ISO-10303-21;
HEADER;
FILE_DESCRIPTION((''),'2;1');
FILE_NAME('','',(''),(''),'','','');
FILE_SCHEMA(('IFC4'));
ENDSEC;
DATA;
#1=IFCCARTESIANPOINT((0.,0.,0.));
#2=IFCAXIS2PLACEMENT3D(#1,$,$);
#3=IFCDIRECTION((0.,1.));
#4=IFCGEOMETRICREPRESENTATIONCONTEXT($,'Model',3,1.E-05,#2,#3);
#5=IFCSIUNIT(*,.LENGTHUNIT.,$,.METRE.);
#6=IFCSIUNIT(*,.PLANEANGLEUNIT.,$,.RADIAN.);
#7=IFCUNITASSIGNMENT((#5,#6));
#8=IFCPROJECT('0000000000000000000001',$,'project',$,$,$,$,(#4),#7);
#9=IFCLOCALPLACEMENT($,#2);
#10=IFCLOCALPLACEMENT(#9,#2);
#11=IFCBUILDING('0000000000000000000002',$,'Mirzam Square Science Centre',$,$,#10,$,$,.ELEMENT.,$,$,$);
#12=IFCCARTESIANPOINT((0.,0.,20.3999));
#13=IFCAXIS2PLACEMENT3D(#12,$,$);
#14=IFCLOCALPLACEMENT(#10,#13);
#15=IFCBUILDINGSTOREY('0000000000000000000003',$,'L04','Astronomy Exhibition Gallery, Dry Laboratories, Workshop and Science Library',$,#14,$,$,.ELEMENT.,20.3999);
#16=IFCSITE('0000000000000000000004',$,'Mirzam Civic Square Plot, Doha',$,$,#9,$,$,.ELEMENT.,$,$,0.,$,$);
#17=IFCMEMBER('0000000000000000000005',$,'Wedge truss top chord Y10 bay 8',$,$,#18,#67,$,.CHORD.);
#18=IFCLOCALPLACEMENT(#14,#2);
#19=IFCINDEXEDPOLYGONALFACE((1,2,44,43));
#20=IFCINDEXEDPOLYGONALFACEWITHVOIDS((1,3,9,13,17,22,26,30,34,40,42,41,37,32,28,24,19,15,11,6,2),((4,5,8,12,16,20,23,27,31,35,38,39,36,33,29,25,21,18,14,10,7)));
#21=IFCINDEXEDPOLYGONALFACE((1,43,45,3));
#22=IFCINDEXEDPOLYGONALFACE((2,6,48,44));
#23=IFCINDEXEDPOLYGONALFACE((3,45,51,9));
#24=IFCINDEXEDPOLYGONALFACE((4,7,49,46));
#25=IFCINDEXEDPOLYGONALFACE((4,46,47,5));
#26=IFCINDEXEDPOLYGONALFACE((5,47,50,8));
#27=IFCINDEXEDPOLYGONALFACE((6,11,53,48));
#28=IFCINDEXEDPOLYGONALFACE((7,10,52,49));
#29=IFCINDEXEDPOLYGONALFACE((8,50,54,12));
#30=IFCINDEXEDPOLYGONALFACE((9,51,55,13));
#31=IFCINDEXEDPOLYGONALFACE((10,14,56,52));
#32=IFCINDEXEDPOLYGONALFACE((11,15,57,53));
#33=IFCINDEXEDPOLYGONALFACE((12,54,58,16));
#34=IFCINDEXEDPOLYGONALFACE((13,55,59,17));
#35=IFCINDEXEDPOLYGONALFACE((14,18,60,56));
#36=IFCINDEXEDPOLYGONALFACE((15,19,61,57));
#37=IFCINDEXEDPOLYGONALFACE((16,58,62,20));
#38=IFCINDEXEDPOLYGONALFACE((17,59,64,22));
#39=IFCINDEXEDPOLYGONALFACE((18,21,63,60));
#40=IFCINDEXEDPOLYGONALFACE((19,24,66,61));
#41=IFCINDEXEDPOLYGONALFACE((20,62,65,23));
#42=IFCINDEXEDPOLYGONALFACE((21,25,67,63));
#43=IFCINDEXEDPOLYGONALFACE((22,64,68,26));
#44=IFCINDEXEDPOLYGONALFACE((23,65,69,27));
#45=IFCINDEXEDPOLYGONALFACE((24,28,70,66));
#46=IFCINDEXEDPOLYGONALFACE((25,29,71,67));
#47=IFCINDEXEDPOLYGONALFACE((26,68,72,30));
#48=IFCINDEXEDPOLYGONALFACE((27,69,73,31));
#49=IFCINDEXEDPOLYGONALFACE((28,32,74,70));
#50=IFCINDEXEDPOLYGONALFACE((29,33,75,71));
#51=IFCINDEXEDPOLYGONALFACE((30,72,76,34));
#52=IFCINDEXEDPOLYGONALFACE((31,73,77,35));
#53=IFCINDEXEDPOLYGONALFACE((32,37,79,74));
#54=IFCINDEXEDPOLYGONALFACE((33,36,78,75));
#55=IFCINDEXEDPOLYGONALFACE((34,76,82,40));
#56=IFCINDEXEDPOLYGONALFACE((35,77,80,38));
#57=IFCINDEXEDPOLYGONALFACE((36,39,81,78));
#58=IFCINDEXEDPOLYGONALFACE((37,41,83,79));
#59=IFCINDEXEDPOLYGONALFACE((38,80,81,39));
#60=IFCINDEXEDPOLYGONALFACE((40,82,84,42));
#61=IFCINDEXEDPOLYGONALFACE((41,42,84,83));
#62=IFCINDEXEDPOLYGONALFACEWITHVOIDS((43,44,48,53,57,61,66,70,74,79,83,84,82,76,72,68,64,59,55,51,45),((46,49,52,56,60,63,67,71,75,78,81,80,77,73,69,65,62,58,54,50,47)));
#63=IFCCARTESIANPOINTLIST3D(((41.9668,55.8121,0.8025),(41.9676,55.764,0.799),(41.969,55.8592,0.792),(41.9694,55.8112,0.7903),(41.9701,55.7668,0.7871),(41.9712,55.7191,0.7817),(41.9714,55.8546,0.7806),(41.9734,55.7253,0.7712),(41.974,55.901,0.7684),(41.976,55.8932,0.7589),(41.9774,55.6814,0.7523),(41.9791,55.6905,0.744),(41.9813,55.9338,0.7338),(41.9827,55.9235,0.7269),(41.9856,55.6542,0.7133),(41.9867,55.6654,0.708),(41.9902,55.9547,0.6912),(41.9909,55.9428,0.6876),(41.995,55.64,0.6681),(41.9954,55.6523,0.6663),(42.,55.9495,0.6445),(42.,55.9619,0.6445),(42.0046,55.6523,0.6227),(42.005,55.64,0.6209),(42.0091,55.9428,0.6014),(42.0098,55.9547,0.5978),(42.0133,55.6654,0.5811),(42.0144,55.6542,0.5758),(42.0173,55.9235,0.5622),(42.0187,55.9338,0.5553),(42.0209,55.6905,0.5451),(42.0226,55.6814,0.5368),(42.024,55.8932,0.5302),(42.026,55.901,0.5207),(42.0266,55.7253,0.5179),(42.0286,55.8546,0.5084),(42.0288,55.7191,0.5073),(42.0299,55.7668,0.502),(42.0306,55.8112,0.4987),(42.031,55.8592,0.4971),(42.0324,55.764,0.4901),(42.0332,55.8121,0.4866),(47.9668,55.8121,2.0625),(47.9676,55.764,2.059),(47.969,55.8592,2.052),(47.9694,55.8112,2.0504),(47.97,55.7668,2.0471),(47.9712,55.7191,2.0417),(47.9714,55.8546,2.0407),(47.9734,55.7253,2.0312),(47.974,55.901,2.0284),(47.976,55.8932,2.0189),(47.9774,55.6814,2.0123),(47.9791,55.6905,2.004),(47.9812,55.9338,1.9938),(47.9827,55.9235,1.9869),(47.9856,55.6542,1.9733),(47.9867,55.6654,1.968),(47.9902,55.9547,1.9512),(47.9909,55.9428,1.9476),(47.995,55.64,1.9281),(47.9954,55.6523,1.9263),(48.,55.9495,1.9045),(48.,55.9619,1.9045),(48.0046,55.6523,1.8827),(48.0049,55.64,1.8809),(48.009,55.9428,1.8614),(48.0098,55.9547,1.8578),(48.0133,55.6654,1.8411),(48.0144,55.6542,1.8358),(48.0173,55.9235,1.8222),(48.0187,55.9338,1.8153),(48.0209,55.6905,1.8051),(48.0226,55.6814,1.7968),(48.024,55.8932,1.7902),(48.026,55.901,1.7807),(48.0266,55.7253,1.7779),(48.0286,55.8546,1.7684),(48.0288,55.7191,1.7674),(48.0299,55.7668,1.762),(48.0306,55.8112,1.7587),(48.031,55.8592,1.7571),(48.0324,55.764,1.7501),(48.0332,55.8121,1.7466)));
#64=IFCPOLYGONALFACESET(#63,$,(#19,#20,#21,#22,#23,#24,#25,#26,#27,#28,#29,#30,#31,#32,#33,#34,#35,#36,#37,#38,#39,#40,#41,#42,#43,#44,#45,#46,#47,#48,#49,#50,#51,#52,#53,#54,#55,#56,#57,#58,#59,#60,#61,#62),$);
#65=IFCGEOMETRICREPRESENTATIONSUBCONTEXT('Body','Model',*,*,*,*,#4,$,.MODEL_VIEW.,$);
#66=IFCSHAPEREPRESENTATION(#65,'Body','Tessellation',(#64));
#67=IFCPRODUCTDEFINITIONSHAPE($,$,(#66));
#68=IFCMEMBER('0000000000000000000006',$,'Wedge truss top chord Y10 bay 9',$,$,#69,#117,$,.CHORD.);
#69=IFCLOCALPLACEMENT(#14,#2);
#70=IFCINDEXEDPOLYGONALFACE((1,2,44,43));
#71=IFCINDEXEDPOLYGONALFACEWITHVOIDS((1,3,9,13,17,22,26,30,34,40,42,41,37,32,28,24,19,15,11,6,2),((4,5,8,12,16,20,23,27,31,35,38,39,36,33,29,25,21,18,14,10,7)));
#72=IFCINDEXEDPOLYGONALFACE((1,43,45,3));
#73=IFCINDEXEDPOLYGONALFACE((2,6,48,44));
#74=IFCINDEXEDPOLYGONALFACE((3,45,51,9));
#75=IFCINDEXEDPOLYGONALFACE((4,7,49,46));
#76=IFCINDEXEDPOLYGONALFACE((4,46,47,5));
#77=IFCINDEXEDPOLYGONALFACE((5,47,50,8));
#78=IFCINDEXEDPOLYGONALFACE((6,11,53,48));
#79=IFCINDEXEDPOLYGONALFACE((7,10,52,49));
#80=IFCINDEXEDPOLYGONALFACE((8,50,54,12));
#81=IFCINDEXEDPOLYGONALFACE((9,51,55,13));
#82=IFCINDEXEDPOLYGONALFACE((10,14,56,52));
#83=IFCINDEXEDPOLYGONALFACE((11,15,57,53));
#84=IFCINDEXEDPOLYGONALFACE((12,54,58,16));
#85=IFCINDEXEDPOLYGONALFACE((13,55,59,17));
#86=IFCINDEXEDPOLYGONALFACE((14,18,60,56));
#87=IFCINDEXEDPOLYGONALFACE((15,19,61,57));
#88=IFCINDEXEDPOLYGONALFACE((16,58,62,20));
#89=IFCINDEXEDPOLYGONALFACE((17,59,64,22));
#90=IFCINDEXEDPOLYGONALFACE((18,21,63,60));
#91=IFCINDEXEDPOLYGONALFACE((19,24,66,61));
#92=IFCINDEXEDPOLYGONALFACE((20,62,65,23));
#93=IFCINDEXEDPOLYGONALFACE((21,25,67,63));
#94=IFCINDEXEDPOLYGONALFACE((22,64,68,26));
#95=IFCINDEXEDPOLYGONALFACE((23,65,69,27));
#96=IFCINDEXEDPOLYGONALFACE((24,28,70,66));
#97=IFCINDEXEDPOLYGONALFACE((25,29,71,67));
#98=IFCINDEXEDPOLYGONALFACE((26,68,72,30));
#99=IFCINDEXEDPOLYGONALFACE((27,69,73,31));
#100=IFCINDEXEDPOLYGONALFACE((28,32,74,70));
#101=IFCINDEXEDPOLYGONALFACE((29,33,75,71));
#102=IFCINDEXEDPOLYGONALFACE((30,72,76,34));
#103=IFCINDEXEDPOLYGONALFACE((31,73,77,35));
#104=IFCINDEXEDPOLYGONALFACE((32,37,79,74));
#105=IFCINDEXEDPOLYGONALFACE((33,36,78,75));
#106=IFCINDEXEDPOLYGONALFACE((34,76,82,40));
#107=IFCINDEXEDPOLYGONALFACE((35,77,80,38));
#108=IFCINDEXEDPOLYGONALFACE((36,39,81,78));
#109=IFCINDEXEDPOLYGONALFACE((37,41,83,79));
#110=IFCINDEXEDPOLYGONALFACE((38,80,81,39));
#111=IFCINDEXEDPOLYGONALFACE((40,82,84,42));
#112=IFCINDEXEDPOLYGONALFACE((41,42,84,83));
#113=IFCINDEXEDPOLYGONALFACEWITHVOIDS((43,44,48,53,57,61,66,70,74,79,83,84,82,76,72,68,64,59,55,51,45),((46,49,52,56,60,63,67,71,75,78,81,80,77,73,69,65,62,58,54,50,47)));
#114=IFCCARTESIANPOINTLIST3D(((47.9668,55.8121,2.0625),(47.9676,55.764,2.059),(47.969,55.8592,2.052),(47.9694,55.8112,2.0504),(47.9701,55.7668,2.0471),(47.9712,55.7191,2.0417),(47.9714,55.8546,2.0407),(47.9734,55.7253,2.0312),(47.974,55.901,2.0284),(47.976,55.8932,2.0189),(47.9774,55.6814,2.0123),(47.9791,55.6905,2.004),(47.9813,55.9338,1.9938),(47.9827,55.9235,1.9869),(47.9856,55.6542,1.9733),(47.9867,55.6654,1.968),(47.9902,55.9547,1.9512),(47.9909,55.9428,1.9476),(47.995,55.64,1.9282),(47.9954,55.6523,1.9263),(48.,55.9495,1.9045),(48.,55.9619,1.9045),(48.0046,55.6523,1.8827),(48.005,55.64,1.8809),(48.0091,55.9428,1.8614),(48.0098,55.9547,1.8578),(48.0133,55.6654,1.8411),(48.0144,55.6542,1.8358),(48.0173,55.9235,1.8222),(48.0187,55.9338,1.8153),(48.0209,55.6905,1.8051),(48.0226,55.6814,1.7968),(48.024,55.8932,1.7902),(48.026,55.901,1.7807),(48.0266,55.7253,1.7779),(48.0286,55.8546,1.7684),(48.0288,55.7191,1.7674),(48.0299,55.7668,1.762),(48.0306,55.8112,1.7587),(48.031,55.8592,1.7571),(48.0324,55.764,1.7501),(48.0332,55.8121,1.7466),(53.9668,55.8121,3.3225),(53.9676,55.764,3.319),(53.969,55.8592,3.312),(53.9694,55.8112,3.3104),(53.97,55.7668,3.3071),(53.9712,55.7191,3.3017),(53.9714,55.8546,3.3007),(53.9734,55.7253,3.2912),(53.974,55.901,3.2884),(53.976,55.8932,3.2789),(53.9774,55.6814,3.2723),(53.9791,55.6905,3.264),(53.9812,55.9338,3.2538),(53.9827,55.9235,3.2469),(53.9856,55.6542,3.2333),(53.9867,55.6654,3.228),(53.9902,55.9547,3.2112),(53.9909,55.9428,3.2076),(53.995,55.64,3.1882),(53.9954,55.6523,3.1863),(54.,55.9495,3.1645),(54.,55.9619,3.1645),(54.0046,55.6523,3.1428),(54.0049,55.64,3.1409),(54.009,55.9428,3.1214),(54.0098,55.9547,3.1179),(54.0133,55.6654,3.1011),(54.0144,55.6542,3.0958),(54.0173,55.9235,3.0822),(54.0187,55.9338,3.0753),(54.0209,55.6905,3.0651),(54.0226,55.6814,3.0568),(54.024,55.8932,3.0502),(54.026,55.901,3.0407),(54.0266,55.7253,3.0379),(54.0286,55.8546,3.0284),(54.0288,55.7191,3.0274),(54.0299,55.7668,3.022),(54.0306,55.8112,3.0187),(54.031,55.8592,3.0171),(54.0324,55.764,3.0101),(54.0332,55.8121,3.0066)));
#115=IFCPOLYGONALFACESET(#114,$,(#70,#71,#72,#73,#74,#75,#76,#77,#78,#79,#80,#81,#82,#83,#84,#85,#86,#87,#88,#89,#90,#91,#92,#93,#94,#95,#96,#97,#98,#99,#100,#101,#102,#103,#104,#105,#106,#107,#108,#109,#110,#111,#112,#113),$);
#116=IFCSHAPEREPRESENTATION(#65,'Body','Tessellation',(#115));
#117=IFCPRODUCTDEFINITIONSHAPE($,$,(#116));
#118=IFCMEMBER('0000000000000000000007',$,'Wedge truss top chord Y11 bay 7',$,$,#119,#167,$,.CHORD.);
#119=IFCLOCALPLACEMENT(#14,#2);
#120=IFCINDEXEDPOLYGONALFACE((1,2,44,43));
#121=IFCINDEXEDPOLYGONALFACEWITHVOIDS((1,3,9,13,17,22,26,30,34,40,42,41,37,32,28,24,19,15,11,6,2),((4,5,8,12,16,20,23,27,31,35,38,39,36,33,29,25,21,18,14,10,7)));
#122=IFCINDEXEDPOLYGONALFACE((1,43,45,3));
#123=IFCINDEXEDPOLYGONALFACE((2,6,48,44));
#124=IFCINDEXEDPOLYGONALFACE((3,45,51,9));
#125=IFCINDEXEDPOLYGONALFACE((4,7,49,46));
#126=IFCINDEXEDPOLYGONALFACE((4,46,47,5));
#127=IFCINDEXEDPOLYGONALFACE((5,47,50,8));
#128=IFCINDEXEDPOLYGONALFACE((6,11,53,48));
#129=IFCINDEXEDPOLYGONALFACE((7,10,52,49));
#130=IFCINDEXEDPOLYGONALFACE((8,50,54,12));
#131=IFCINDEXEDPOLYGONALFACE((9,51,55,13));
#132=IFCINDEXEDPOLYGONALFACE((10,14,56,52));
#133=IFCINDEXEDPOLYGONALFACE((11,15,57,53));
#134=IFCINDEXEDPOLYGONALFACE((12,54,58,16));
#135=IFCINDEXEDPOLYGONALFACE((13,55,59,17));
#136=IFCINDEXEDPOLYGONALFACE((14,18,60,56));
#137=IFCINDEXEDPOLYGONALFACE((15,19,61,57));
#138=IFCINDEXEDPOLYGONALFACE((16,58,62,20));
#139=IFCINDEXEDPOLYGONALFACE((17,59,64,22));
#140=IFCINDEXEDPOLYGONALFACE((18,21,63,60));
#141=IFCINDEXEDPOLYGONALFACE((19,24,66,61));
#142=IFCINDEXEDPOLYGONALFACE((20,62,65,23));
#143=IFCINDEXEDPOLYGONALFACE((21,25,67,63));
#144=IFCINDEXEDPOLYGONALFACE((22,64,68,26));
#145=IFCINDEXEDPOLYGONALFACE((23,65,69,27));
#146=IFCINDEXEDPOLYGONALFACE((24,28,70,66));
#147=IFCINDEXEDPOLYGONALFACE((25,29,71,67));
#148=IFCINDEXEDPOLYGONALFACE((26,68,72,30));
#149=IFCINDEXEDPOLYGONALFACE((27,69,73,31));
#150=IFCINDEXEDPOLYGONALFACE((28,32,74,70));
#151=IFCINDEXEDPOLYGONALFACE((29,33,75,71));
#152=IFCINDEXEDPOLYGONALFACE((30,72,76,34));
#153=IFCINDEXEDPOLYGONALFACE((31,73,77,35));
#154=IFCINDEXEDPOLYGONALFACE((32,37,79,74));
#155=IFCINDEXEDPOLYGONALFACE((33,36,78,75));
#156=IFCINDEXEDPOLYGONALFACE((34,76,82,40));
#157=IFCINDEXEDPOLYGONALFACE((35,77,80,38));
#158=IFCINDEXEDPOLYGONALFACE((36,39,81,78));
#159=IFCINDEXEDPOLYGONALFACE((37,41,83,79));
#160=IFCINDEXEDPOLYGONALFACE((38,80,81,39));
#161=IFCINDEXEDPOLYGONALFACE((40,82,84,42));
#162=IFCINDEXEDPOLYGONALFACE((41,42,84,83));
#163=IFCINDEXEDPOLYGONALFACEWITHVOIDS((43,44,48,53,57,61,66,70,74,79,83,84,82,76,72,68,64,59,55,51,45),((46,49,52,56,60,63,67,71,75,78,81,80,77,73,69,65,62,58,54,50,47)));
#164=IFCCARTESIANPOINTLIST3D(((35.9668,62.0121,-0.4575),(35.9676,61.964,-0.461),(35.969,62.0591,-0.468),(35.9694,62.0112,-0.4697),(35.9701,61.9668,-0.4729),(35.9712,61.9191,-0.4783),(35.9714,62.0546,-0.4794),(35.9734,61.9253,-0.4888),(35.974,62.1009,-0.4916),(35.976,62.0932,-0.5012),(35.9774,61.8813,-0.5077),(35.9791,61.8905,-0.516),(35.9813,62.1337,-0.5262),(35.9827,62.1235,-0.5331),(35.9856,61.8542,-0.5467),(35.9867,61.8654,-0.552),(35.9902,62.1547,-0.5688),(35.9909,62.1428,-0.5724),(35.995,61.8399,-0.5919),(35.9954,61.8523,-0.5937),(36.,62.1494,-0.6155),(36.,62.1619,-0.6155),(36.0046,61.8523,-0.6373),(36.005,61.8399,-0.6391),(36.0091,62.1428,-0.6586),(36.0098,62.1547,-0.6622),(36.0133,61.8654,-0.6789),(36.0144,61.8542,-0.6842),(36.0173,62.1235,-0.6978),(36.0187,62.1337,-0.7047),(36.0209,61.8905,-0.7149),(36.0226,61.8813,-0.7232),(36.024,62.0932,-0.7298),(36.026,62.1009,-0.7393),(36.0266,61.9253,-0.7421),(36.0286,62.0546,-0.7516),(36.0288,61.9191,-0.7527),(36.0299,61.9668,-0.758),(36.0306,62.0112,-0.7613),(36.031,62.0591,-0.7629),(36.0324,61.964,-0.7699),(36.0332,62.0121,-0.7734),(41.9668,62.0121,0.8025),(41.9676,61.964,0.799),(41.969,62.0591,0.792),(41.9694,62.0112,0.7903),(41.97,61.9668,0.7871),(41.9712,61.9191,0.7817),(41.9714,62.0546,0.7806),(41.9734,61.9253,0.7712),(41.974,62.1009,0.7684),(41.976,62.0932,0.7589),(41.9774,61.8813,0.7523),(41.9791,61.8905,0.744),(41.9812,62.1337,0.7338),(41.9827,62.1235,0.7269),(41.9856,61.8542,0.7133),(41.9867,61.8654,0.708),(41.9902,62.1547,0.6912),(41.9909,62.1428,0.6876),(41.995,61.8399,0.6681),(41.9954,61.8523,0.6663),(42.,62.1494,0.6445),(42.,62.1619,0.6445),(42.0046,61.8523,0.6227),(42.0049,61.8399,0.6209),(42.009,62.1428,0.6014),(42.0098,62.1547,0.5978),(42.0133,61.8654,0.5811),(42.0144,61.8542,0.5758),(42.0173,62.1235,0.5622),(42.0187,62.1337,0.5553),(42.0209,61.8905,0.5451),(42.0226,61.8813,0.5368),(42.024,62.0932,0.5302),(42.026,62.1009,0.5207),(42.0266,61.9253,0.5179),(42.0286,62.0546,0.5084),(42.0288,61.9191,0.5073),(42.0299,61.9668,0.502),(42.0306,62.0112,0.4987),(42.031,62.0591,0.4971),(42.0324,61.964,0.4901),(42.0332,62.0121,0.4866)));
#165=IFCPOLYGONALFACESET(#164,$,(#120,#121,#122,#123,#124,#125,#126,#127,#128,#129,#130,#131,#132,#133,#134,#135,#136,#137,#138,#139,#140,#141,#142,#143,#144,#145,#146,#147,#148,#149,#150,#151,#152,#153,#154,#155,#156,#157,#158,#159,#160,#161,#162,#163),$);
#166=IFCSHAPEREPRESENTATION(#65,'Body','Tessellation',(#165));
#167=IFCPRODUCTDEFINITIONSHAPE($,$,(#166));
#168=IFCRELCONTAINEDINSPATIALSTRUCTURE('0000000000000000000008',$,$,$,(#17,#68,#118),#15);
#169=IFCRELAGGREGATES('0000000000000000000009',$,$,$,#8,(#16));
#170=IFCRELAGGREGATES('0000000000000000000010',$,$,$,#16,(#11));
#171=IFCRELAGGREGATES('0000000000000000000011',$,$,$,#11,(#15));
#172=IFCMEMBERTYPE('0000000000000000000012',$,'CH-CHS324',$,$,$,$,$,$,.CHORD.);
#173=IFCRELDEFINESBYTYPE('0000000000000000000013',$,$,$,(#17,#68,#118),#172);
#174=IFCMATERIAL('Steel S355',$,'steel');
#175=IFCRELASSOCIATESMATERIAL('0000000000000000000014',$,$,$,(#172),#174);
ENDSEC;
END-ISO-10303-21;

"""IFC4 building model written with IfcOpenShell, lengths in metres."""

from ifc_helpers import new_model, si_unit, direction, frame, origin, origin_2d, place, context, subcontext, project, spatial, hollow_circle, extrude, material, material_profile, profile_set, type_object, element, save


model = new_model("IFC4")

# Units and contexts
model_context = context("Model", 3, precision=1e-05, world=origin(), true_north=direction((0.0, 1.0)))
body_context = subcontext(model_context, "Body", "Model", "MODEL_VIEW")
ifc_project = project(units=[si_unit("LENGTHUNIT", "METRE"), si_unit("PLANEANGLEUNIT", "RADIAN")], contexts=[model_context])

# Site, building, storey
site_placement = place(None, origin())
site = spatial("IfcSite", under=ifc_project, at=site_placement, Name="Mirzam Civic Square Plot, Doha", CompositionType="ELEMENT", RefElevation=0.0)
building_placement = place(site_placement, origin())
building = spatial("IfcBuilding", under=site, at=building_placement, Name="Mirzam Square Science Centre", CompositionType="ELEMENT")
storey_placement = place(building_placement, frame((0.0, 0.0, 20.3999)))
storey = spatial("IfcBuildingStorey", under=building, at=storey_placement, Name="L04", Description="Astronomy Exhibition Gallery, Dry Laboratories, Workshop and Science Library", CompositionType="ELEMENT", Elevation=20.3999)

# Members
ifc_material = material(Name="Steel S355", Category="steel")
ifc_material_profile_1 = material_profile(ifc_material, hollow_circle(Radius=0.1619, WallThickness=0.0125, at=origin_2d()), Name="323.9x12.5CHS")
ifc_profile_set_1 = profile_set([ifc_material_profile_1], Name="Steel S355")
member_type_1 = type_object("IfcMemberType", Name="CH-CHS324", PredefinedType="CHORD", material=ifc_profile_set_1)
for number, where, z_axis, x_axis, name in (
    (1, (42.0, 55.8, 0.6445), (0.978653, 0.0, 0.205519), (0.0, 1.0, 0.0), "Wedge truss top chord Y10 bay 8"),
    (2, (48.0, 55.8, 1.9045), (0.978653, 0.0, 0.205519), (0.0, 1.0, 0.0), "Wedge truss top chord Y10 bay 9"),
    (3, (36.0, 62.0, -0.6155), (0.978653, 0.0, 0.205519), (0.0, 1.0, 0.0), "Wedge truss top chord Y11 bay 7"),
):
    element("IfcMember", number, at=place(storey_placement, frame(where, z_axis=z_axis, x_axis=x_axis)), inside=storey, type_object=member_type_1, Name=name, PredefinedType="CHORD", context=body_context, shape_type="SweptSolid", body=[
        extrude(hollow_circle(Radius=0.1619, WallThickness=0.0125, at=origin_2d()), origin(), (0.0, 0.0, 1.0), 6.1309),
    ])

save(model, "model.ifc")
